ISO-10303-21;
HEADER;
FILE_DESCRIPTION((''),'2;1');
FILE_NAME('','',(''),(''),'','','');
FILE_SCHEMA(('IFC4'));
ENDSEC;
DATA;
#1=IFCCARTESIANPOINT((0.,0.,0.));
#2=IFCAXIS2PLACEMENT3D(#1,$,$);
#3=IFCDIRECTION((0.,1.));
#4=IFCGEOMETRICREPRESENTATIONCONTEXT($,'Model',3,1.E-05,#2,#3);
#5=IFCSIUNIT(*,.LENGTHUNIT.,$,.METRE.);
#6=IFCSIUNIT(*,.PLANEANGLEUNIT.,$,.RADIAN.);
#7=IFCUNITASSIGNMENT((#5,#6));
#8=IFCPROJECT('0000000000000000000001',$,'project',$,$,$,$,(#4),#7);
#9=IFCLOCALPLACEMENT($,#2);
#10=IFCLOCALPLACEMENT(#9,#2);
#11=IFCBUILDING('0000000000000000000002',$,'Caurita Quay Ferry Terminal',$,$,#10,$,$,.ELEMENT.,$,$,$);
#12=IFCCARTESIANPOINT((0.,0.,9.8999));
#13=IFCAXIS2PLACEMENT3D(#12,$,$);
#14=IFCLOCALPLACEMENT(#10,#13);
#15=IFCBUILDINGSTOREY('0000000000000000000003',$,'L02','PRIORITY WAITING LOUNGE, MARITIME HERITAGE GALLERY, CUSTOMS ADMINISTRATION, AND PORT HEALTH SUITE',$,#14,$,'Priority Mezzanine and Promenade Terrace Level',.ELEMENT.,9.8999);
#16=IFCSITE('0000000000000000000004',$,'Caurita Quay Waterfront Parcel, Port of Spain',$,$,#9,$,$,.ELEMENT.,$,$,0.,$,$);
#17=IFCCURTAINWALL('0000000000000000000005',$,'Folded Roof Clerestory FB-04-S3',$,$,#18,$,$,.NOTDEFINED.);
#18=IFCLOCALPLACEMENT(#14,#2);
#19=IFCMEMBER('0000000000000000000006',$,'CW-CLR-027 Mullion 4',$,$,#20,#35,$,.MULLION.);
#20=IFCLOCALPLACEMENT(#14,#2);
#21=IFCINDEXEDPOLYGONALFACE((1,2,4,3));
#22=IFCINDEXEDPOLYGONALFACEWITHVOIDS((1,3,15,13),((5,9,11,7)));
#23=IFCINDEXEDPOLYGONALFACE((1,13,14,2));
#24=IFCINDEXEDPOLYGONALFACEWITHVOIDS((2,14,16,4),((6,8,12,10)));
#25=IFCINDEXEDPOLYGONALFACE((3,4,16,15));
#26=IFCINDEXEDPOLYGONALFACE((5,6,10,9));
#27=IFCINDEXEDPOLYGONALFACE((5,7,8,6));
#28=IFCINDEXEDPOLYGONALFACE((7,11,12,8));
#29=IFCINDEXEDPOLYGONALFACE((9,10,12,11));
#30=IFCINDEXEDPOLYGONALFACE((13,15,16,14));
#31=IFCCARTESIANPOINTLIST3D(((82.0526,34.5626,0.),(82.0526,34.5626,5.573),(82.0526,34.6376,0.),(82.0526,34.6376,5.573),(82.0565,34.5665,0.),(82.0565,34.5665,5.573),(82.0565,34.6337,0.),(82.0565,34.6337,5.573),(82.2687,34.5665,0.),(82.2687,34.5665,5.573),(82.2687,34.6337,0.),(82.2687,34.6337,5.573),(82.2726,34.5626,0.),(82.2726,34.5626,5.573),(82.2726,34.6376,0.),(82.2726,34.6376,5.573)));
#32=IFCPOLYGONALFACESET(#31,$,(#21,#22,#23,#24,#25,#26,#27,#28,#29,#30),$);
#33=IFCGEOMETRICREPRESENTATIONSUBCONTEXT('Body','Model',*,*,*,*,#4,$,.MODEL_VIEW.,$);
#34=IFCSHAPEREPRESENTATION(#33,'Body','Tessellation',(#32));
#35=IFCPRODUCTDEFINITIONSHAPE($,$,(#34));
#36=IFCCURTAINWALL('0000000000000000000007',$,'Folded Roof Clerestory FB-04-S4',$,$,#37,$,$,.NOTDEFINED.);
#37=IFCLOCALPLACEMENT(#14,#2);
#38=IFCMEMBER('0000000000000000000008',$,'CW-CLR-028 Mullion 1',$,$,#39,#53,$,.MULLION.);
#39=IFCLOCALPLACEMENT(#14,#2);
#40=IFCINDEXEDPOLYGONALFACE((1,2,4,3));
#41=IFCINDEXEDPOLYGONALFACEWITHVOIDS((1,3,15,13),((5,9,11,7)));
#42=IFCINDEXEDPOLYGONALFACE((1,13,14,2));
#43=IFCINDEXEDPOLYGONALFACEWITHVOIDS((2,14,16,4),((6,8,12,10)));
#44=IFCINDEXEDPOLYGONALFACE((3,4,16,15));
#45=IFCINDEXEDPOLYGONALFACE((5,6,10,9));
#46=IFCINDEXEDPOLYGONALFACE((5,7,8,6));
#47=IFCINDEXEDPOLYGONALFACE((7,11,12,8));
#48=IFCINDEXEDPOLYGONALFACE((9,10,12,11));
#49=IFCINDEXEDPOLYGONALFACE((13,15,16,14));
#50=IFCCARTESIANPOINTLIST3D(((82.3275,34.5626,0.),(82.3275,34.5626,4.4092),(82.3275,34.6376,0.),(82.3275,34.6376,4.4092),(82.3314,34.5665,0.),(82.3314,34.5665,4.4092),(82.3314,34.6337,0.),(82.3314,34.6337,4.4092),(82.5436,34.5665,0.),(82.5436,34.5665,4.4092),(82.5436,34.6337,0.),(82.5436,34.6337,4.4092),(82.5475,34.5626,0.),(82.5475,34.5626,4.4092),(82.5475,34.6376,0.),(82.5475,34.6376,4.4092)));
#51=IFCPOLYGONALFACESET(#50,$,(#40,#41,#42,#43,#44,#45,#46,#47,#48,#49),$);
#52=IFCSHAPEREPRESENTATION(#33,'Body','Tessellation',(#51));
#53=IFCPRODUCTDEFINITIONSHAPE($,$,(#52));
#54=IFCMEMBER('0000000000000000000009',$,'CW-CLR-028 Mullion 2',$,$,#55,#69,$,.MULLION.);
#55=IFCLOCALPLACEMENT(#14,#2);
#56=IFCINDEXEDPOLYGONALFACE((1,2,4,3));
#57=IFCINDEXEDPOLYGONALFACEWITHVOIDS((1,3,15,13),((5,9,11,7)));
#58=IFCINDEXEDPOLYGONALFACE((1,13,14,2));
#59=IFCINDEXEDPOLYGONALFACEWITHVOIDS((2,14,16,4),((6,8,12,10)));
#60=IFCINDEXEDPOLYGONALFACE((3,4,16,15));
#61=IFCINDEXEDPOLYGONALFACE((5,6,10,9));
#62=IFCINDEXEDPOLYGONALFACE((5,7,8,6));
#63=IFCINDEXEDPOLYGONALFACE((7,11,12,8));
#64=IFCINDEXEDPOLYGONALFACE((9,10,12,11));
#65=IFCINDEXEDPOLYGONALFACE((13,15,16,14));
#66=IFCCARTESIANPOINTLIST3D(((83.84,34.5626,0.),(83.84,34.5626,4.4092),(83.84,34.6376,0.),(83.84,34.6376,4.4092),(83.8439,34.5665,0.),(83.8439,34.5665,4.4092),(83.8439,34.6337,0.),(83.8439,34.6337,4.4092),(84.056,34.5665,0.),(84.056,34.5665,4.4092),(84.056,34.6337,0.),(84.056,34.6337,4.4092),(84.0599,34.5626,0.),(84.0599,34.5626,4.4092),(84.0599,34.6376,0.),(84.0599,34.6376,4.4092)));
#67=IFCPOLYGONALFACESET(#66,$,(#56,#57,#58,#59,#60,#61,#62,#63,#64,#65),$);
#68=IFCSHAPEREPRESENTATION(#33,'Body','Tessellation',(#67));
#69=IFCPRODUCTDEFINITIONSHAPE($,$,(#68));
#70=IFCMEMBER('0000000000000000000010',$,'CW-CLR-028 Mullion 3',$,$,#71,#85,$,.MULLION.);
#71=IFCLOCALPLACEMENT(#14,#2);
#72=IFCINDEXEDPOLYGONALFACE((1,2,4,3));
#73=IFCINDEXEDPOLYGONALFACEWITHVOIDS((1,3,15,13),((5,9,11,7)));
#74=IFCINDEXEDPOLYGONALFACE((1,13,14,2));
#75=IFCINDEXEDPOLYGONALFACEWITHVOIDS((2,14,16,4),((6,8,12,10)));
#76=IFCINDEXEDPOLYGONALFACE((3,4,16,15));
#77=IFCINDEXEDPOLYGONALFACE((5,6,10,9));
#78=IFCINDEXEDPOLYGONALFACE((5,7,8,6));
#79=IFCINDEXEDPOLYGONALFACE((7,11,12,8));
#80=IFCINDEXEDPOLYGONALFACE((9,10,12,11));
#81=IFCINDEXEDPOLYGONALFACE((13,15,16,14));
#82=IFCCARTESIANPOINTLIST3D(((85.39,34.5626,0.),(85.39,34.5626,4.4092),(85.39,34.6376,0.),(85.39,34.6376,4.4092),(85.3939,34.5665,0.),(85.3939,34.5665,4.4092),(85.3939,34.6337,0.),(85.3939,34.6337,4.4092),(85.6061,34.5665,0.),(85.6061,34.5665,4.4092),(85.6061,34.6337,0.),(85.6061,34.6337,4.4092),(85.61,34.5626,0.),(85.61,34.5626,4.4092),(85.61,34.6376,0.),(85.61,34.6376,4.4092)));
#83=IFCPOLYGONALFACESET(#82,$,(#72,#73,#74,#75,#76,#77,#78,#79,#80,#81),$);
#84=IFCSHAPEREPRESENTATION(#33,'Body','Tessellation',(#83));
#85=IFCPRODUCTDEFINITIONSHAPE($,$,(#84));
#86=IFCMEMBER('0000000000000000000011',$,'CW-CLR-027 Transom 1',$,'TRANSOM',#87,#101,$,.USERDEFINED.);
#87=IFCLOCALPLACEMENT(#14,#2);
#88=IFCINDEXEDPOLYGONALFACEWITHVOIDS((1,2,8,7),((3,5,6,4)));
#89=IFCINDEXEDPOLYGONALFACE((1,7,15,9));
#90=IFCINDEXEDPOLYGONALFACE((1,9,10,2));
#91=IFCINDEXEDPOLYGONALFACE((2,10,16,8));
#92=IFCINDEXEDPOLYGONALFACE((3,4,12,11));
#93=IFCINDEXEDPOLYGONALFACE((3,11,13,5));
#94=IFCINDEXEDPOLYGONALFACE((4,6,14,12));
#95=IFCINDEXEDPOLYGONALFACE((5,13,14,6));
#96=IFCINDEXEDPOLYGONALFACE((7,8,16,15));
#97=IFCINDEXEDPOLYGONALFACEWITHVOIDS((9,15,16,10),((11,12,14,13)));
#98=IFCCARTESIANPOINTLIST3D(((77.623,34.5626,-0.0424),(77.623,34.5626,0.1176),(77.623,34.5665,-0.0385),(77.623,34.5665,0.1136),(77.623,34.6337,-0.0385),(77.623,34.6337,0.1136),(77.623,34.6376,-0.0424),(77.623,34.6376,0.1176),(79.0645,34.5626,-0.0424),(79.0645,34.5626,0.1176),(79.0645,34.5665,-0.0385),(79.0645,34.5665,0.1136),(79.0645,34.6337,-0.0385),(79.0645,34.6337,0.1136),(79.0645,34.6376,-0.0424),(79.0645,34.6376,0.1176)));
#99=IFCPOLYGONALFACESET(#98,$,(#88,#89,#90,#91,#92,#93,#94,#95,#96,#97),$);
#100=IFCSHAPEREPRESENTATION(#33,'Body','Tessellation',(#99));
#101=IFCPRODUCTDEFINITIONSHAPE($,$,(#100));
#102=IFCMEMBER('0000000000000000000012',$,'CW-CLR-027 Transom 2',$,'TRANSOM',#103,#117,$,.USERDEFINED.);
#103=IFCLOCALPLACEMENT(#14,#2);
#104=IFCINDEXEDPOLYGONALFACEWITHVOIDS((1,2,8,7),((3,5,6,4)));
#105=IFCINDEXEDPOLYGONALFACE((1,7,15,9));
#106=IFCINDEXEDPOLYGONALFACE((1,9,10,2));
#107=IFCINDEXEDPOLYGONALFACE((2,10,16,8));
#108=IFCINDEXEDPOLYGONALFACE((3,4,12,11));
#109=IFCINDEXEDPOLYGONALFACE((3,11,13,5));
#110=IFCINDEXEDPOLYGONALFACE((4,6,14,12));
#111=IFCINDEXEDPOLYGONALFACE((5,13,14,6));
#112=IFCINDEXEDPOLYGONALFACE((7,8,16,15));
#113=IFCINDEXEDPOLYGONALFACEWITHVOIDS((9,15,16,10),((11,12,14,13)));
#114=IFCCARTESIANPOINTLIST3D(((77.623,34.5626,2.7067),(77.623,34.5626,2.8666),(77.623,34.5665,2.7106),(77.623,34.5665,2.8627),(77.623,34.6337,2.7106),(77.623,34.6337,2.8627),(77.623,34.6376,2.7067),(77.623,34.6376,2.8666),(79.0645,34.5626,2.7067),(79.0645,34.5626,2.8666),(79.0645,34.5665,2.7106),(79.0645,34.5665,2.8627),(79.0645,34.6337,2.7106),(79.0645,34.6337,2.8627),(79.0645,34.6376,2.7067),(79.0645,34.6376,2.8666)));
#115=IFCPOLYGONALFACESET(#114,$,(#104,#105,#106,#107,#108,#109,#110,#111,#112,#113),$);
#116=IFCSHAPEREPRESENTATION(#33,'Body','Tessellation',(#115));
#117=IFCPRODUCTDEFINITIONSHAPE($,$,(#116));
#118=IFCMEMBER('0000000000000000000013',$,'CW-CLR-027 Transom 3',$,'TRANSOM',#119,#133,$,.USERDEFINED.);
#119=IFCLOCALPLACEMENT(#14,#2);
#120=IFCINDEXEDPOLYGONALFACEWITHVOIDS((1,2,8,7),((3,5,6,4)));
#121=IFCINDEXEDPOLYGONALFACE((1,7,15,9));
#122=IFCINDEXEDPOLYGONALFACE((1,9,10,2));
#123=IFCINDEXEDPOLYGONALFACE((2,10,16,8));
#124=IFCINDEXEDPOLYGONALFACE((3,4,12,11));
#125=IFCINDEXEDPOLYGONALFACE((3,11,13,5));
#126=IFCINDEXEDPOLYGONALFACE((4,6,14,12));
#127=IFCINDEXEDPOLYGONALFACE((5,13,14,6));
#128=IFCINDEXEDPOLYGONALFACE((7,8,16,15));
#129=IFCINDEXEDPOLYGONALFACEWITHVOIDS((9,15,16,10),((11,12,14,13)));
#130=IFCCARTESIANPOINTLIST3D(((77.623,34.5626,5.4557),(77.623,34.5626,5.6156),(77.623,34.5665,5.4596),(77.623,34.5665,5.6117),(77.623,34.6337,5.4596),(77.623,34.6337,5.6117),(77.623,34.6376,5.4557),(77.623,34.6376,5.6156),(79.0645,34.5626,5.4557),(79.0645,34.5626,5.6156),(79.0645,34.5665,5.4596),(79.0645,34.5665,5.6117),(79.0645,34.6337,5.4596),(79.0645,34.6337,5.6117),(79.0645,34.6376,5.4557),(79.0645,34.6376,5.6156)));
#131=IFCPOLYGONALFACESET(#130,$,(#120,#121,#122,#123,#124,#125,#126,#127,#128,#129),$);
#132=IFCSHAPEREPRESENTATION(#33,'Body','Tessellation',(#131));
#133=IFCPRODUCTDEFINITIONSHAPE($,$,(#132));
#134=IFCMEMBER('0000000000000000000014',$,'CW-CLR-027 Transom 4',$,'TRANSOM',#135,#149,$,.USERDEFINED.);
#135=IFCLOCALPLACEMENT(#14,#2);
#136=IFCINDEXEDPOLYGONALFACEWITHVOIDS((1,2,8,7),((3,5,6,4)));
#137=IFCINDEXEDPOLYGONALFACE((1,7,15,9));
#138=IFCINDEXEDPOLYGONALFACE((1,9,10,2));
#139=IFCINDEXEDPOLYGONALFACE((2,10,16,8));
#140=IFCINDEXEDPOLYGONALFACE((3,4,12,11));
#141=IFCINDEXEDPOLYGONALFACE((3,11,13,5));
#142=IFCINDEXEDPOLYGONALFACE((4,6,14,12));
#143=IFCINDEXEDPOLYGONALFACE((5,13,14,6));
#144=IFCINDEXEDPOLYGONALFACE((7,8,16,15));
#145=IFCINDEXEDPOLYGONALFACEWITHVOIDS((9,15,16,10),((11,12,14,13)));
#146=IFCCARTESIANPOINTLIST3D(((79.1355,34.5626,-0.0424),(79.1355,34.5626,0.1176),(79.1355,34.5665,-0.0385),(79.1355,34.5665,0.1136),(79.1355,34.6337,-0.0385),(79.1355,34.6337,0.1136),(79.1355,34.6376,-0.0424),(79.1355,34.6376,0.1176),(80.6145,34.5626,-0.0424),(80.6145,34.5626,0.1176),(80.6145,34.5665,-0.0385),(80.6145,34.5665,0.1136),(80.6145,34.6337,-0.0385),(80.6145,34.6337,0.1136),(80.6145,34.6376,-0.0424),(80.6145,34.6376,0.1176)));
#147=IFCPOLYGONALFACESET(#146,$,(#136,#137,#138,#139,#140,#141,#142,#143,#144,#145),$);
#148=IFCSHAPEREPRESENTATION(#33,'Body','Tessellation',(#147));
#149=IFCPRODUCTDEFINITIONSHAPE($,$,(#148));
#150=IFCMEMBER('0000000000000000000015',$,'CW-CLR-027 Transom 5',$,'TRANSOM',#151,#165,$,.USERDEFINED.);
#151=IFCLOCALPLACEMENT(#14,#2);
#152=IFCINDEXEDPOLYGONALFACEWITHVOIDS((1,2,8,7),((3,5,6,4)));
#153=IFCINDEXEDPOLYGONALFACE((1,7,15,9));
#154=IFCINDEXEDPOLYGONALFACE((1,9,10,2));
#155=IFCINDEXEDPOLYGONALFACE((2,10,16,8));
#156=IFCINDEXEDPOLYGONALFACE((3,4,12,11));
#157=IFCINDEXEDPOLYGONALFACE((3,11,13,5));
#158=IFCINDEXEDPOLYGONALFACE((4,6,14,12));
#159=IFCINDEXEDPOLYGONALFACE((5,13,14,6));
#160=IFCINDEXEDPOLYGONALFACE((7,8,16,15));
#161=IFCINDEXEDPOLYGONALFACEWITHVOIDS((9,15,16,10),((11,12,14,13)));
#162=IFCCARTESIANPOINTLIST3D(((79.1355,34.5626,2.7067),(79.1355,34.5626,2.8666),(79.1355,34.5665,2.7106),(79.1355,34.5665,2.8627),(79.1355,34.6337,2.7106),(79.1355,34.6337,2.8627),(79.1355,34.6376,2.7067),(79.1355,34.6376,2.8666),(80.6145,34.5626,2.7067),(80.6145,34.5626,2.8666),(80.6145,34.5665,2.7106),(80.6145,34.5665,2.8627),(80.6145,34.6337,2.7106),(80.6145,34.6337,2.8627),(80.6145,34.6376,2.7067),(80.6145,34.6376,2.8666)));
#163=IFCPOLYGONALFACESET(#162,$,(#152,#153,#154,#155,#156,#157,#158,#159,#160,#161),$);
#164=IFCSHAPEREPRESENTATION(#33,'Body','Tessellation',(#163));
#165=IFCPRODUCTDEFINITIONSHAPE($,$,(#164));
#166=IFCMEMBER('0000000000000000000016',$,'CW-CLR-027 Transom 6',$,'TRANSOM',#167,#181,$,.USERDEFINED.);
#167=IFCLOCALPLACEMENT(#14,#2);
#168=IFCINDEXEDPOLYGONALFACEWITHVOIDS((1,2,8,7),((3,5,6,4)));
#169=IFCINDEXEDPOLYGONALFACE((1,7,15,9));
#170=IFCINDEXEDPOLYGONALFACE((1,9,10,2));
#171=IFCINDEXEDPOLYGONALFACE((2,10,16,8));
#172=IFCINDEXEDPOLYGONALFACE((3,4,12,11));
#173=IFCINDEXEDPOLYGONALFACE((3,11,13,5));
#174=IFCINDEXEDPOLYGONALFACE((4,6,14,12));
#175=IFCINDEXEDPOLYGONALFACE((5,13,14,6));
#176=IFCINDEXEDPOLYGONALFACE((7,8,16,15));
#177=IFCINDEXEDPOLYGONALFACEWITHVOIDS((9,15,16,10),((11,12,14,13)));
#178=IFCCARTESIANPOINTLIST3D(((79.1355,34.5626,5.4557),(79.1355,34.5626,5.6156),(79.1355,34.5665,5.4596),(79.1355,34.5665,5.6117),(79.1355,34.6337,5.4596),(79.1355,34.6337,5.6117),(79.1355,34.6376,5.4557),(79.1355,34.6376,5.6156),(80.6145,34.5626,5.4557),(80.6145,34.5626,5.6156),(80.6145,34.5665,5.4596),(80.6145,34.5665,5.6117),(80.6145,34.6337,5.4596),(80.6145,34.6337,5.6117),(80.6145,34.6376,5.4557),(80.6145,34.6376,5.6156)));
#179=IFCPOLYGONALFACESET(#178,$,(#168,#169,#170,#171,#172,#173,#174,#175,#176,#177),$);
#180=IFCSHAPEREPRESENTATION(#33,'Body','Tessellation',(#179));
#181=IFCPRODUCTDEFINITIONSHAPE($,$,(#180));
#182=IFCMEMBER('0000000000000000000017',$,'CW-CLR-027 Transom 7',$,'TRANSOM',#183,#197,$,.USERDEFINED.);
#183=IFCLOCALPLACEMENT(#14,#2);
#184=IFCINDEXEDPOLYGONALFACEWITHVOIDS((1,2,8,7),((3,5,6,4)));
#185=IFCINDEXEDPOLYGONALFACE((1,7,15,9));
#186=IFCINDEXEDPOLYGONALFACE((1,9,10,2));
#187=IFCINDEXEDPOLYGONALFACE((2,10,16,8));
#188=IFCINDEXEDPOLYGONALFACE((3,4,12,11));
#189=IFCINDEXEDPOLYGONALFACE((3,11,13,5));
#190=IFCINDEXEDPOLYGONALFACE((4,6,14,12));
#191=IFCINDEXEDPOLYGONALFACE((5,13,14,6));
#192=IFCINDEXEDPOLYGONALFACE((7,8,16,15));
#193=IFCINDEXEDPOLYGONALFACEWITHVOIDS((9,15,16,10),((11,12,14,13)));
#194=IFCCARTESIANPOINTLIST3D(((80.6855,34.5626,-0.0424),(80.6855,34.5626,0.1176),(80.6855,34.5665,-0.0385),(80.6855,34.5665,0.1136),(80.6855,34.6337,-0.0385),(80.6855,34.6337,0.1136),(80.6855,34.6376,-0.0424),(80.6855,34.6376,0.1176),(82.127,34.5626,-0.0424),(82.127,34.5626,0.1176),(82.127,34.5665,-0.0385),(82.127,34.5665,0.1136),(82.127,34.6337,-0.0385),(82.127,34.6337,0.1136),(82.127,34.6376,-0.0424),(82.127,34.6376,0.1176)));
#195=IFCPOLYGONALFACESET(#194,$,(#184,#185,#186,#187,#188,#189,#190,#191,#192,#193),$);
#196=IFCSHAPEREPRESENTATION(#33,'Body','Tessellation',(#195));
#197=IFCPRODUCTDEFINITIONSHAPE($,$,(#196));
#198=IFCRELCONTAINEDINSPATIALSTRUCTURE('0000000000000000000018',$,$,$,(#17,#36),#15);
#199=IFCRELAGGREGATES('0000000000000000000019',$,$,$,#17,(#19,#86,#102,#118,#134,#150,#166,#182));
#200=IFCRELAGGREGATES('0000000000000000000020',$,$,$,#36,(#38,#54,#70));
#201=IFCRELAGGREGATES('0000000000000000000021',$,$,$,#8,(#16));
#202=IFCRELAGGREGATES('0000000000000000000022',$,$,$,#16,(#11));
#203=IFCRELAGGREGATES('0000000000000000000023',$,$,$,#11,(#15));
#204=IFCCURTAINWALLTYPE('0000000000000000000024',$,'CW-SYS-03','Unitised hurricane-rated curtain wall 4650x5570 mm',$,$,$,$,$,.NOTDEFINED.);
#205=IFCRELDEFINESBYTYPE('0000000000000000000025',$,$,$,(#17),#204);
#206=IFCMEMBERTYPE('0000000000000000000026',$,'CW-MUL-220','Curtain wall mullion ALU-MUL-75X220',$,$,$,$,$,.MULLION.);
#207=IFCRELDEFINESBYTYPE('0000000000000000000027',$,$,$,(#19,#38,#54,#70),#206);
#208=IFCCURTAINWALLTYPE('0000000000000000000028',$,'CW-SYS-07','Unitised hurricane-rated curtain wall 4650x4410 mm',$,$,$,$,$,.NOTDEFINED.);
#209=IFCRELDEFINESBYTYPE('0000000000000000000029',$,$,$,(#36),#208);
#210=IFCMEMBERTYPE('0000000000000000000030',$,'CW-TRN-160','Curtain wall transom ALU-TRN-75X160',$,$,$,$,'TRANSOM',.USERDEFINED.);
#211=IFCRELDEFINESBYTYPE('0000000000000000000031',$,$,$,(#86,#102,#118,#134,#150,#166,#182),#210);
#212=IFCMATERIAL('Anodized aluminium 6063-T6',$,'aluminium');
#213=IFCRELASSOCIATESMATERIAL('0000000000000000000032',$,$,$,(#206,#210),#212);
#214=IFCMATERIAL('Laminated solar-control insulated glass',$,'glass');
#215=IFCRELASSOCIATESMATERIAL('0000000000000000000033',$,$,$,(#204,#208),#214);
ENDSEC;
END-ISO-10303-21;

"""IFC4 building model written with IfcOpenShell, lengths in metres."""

from ifc_helpers import new_model, si_unit, direction, frame, origin, origin_2d, place, context, subcontext, project, spatial, hollow_rectangle, extrude, material, material_profile, profile_set, type_object, element, aggregate, save


model = new_model("IFC4")

# Units and contexts
model_context = context("Model", 3, precision=1e-05, world=origin(), true_north=direction((0.0, 1.0)))
body_context = subcontext(model_context, "Body", "Model", "MODEL_VIEW")
ifc_project = project(units=[si_unit("LENGTHUNIT", "METRE"), si_unit("PLANEANGLEUNIT", "RADIAN")], contexts=[model_context])

# Site, building, storey
site_placement = place(None, origin())
site = spatial("IfcSite", under=ifc_project, at=site_placement, Name="Caurita Quay Waterfront Parcel, Port of Spain", CompositionType="ELEMENT", RefElevation=0.0)
building_placement = place(site_placement, origin())
building = spatial("IfcBuilding", under=site, at=building_placement, Name="Caurita Quay Ferry Terminal", CompositionType="ELEMENT")
storey_placement = place(building_placement, frame((0.0, 0.0, 9.8999)))
storey = spatial("IfcBuildingStorey", under=building, at=storey_placement, Name="L02", Description="PRIORITY WAITING LOUNGE, MARITIME HERITAGE GALLERY, CUSTOMS ADMINISTRATION, AND PORT HEALTH SUITE", LongName="Priority Mezzanine and Promenade Terrace Level", CompositionType="ELEMENT", Elevation=9.8999)

# Shared definitions
ifc_material_1 = material(Name="Laminated solar-control insulated glass", Category="glass")
ifc_material_2 = material(Name="Anodized aluminium 6063-T6", Category="aluminium")
ifc_material_profile_1 = material_profile(ifc_material_2, hollow_rectangle(XDim=0.075, YDim=0.22, WallThickness=0.0039, at=origin_2d()), Name="ALU-MUL-75X220")
ifc_profile_set_1 = profile_set([ifc_material_profile_1], Name="Anodized aluminium 6063-T6")
member_type_1 = type_object("IfcMemberType", Name="CW-MUL-220", Description="Curtain wall mullion ALU-MUL-75X220", PredefinedType="MULLION", material=ifc_profile_set_1)

# Curtain walls, members
curtain_wall_type_1 = type_object("IfcCurtainWallType", Name="CW-SYS-03", Description="Unitised hurricane-rated curtain wall 4650x5570 mm", PredefinedType="NOTDEFINED", material=ifc_material_1)
curtain_wall_1_placement = place(storey_placement, origin())
curtain_wall_1 = element("IfcCurtainWall", 1, at=curtain_wall_1_placement, inside=storey, type_object=curtain_wall_type_1, Name="Folded Roof Clerestory FB-04-S3", PredefinedType="NOTDEFINED")
member_1_placement = place(storey_placement, frame((82.1626, 34.6001, 0.0), z_axis=(0.0, 0.0, 1.0), x_axis=(0.0, 1.0, 0.0)))
member_1 = element("IfcMember", 2, at=member_1_placement, type_object=member_type_1, Name="CW-CLR-027 Mullion 4", PredefinedType="MULLION", context=body_context, shape_type="SweptSolid", body=[
    extrude(hollow_rectangle(XDim=0.075, YDim=0.22, WallThickness=0.0039, at=origin_2d()), origin(), (0.0, 0.0, 1.0), 5.573),
])
curtain_wall_type_2 = type_object("IfcCurtainWallType", Name="CW-SYS-07", Description="Unitised hurricane-rated curtain wall 4650x4410 mm", PredefinedType="NOTDEFINED", material=ifc_material_1)
curtain_wall_2_placement = place(storey_placement, origin())
curtain_wall_2 = element("IfcCurtainWall", 3, at=curtain_wall_2_placement, inside=storey, type_object=curtain_wall_type_2, Name="Folded Roof Clerestory FB-04-S4", PredefinedType="NOTDEFINED")
member_2_placement = place(storey_placement, frame((82.4375, 34.6001, 0.0), z_axis=(0.0, 0.0, 1.0), x_axis=(0.0, 1.0, 0.0)))
member_2 = element("IfcMember", 4, at=member_2_placement, type_object=member_type_1, Name="CW-CLR-028 Mullion 1", PredefinedType="MULLION", context=body_context, shape_type="SweptSolid", body=[
    extrude(hollow_rectangle(XDim=0.075, YDim=0.22, WallThickness=0.0039, at=origin_2d()), origin(), (0.0, 0.0, 1.0), 4.4092),
])
member_3_placement = place(storey_placement, frame((83.95, 34.6001, 0.0), z_axis=(0.0, 0.0, 1.0), x_axis=(0.0, 1.0, 0.0)))
member_3 = element("IfcMember", 5, at=member_3_placement, type_object=member_type_1, Name="CW-CLR-028 Mullion 2", PredefinedType="MULLION", context=body_context, shape_type="SweptSolid", body=[
    extrude(hollow_rectangle(XDim=0.075, YDim=0.22, WallThickness=0.0039, at=origin_2d()), origin(), (0.0, 0.0, 1.0), 4.4092),
])
member_4_placement = place(storey_placement, frame((85.5, 34.6001, 0.0), z_axis=(0.0, 0.0, 1.0), x_axis=(0.0, 1.0, 0.0)))
member_4 = element("IfcMember", 6, at=member_4_placement, type_object=member_type_1, Name="CW-CLR-028 Mullion 3", PredefinedType="MULLION", context=body_context, shape_type="SweptSolid", body=[
    extrude(hollow_rectangle(XDim=0.075, YDim=0.22, WallThickness=0.0039, at=origin_2d()), origin(), (0.0, 0.0, 1.0), 4.4092),
])

# Members
ifc_material_profile_2 = material_profile(ifc_material_2, hollow_rectangle(XDim=0.075, YDim=0.1599, WallThickness=0.0039, at=origin_2d()), Name="ALU-TRN-75X160")
ifc_profile_set_2 = profile_set([ifc_material_profile_2], Name="Anodized aluminium 6063-T6")
member_type_2 = type_object("IfcMemberType", Name="CW-TRN-160", Description="Curtain wall transom ALU-TRN-75X160", ElementType="TRANSOM", PredefinedType="USERDEFINED", material=ifc_profile_set_2)
member_5_placement = place(storey_placement, frame((77.623, 34.6001, 0.0376), z_axis=(1.0, 0.0, 0.0), x_axis=(0.0, 1.0, 0.0)))
member_5 = element("IfcMember", 7, at=member_5_placement, type_object=member_type_2, Name="CW-CLR-027 Transom 1", ObjectType="TRANSOM", PredefinedType="USERDEFINED", context=body_context, shape_type="SweptSolid", body=[
    extrude(hollow_rectangle(XDim=0.075, YDim=0.1599, WallThickness=0.0039, at=origin_2d()), origin(), (0.0, 0.0, 1.0), 1.4414),
])
member_6_placement = place(storey_placement, frame((77.623, 34.6001, 2.7866), z_axis=(1.0, 0.0, 0.0), x_axis=(0.0, 1.0, 0.0)))
member_6 = element("IfcMember", 8, at=member_6_placement, type_object=member_type_2, Name="CW-CLR-027 Transom 2", ObjectType="TRANSOM", PredefinedType="USERDEFINED", context=body_context, shape_type="SweptSolid", body=[
    extrude(hollow_rectangle(XDim=0.075, YDim=0.1599, WallThickness=0.0039, at=origin_2d()), origin(), (0.0, 0.0, 1.0), 1.4414),
])
member_7_placement = place(storey_placement, frame((77.623, 34.6001, 5.5356), z_axis=(1.0, 0.0, 0.0), x_axis=(0.0, 1.0, 0.0)))
member_7 = element("IfcMember", 9, at=member_7_placement, type_object=member_type_2, Name="CW-CLR-027 Transom 3", ObjectType="TRANSOM", PredefinedType="USERDEFINED", context=body_context, shape_type="SweptSolid", body=[
    extrude(hollow_rectangle(XDim=0.075, YDim=0.1599, WallThickness=0.0039, at=origin_2d()), origin(), (0.0, 0.0, 1.0), 1.4414),
])
member_8_placement = place(storey_placement, frame((79.1355, 34.6001, 0.0376), z_axis=(1.0, 0.0, 0.0), x_axis=(0.0, 1.0, 0.0)))
member_8 = element("IfcMember", 10, at=member_8_placement, type_object=member_type_2, Name="CW-CLR-027 Transom 4", ObjectType="TRANSOM", PredefinedType="USERDEFINED", context=body_context, shape_type="SweptSolid", body=[
    extrude(hollow_rectangle(XDim=0.075, YDim=0.1599, WallThickness=0.0039, at=origin_2d()), origin(), (0.0, 0.0, 1.0), 1.479),
])
member_9_placement = place(storey_placement, frame((79.1355, 34.6001, 2.7866), z_axis=(1.0, 0.0, 0.0), x_axis=(0.0, 1.0, 0.0)))
member_9 = element("IfcMember", 11, at=member_9_placement, type_object=member_type_2, Name="CW-CLR-027 Transom 5", ObjectType="TRANSOM", PredefinedType="USERDEFINED", context=body_context, shape_type="SweptSolid", body=[
    extrude(hollow_rectangle(XDim=0.075, YDim=0.1599, WallThickness=0.0039, at=origin_2d()), origin(), (0.0, 0.0, 1.0), 1.479),
])
member_10_placement = place(storey_placement, frame((79.1355, 34.6001, 5.5356), z_axis=(1.0, 0.0, 0.0), x_axis=(0.0, 1.0, 0.0)))
member_10 = element("IfcMember", 12, at=member_10_placement, type_object=member_type_2, Name="CW-CLR-027 Transom 6", ObjectType="TRANSOM", PredefinedType="USERDEFINED", context=body_context, shape_type="SweptSolid", body=[
    extrude(hollow_rectangle(XDim=0.075, YDim=0.1599, WallThickness=0.0039, at=origin_2d()), origin(), (0.0, 0.0, 1.0), 1.479),
])
member_11_placement = place(storey_placement, frame((80.6855, 34.6001, 0.0376), z_axis=(1.0, 0.0, 0.0), x_axis=(0.0, 1.0, 0.0)))
member_11 = element("IfcMember", 13, at=member_11_placement, type_object=member_type_2, Name="CW-CLR-027 Transom 7", ObjectType="TRANSOM", PredefinedType="USERDEFINED", context=body_context, shape_type="SweptSolid", body=[
    extrude(hollow_rectangle(XDim=0.075, YDim=0.1599, WallThickness=0.0039, at=origin_2d()), origin(), (0.0, 0.0, 1.0), 1.4414),
])

aggregate(curtain_wall_1, [member_1, member_5, member_6, member_7, member_8, member_9, member_10, member_11])
aggregate(curtain_wall_2, [member_2, member_3, member_4])

save(model, "model.ifc")
